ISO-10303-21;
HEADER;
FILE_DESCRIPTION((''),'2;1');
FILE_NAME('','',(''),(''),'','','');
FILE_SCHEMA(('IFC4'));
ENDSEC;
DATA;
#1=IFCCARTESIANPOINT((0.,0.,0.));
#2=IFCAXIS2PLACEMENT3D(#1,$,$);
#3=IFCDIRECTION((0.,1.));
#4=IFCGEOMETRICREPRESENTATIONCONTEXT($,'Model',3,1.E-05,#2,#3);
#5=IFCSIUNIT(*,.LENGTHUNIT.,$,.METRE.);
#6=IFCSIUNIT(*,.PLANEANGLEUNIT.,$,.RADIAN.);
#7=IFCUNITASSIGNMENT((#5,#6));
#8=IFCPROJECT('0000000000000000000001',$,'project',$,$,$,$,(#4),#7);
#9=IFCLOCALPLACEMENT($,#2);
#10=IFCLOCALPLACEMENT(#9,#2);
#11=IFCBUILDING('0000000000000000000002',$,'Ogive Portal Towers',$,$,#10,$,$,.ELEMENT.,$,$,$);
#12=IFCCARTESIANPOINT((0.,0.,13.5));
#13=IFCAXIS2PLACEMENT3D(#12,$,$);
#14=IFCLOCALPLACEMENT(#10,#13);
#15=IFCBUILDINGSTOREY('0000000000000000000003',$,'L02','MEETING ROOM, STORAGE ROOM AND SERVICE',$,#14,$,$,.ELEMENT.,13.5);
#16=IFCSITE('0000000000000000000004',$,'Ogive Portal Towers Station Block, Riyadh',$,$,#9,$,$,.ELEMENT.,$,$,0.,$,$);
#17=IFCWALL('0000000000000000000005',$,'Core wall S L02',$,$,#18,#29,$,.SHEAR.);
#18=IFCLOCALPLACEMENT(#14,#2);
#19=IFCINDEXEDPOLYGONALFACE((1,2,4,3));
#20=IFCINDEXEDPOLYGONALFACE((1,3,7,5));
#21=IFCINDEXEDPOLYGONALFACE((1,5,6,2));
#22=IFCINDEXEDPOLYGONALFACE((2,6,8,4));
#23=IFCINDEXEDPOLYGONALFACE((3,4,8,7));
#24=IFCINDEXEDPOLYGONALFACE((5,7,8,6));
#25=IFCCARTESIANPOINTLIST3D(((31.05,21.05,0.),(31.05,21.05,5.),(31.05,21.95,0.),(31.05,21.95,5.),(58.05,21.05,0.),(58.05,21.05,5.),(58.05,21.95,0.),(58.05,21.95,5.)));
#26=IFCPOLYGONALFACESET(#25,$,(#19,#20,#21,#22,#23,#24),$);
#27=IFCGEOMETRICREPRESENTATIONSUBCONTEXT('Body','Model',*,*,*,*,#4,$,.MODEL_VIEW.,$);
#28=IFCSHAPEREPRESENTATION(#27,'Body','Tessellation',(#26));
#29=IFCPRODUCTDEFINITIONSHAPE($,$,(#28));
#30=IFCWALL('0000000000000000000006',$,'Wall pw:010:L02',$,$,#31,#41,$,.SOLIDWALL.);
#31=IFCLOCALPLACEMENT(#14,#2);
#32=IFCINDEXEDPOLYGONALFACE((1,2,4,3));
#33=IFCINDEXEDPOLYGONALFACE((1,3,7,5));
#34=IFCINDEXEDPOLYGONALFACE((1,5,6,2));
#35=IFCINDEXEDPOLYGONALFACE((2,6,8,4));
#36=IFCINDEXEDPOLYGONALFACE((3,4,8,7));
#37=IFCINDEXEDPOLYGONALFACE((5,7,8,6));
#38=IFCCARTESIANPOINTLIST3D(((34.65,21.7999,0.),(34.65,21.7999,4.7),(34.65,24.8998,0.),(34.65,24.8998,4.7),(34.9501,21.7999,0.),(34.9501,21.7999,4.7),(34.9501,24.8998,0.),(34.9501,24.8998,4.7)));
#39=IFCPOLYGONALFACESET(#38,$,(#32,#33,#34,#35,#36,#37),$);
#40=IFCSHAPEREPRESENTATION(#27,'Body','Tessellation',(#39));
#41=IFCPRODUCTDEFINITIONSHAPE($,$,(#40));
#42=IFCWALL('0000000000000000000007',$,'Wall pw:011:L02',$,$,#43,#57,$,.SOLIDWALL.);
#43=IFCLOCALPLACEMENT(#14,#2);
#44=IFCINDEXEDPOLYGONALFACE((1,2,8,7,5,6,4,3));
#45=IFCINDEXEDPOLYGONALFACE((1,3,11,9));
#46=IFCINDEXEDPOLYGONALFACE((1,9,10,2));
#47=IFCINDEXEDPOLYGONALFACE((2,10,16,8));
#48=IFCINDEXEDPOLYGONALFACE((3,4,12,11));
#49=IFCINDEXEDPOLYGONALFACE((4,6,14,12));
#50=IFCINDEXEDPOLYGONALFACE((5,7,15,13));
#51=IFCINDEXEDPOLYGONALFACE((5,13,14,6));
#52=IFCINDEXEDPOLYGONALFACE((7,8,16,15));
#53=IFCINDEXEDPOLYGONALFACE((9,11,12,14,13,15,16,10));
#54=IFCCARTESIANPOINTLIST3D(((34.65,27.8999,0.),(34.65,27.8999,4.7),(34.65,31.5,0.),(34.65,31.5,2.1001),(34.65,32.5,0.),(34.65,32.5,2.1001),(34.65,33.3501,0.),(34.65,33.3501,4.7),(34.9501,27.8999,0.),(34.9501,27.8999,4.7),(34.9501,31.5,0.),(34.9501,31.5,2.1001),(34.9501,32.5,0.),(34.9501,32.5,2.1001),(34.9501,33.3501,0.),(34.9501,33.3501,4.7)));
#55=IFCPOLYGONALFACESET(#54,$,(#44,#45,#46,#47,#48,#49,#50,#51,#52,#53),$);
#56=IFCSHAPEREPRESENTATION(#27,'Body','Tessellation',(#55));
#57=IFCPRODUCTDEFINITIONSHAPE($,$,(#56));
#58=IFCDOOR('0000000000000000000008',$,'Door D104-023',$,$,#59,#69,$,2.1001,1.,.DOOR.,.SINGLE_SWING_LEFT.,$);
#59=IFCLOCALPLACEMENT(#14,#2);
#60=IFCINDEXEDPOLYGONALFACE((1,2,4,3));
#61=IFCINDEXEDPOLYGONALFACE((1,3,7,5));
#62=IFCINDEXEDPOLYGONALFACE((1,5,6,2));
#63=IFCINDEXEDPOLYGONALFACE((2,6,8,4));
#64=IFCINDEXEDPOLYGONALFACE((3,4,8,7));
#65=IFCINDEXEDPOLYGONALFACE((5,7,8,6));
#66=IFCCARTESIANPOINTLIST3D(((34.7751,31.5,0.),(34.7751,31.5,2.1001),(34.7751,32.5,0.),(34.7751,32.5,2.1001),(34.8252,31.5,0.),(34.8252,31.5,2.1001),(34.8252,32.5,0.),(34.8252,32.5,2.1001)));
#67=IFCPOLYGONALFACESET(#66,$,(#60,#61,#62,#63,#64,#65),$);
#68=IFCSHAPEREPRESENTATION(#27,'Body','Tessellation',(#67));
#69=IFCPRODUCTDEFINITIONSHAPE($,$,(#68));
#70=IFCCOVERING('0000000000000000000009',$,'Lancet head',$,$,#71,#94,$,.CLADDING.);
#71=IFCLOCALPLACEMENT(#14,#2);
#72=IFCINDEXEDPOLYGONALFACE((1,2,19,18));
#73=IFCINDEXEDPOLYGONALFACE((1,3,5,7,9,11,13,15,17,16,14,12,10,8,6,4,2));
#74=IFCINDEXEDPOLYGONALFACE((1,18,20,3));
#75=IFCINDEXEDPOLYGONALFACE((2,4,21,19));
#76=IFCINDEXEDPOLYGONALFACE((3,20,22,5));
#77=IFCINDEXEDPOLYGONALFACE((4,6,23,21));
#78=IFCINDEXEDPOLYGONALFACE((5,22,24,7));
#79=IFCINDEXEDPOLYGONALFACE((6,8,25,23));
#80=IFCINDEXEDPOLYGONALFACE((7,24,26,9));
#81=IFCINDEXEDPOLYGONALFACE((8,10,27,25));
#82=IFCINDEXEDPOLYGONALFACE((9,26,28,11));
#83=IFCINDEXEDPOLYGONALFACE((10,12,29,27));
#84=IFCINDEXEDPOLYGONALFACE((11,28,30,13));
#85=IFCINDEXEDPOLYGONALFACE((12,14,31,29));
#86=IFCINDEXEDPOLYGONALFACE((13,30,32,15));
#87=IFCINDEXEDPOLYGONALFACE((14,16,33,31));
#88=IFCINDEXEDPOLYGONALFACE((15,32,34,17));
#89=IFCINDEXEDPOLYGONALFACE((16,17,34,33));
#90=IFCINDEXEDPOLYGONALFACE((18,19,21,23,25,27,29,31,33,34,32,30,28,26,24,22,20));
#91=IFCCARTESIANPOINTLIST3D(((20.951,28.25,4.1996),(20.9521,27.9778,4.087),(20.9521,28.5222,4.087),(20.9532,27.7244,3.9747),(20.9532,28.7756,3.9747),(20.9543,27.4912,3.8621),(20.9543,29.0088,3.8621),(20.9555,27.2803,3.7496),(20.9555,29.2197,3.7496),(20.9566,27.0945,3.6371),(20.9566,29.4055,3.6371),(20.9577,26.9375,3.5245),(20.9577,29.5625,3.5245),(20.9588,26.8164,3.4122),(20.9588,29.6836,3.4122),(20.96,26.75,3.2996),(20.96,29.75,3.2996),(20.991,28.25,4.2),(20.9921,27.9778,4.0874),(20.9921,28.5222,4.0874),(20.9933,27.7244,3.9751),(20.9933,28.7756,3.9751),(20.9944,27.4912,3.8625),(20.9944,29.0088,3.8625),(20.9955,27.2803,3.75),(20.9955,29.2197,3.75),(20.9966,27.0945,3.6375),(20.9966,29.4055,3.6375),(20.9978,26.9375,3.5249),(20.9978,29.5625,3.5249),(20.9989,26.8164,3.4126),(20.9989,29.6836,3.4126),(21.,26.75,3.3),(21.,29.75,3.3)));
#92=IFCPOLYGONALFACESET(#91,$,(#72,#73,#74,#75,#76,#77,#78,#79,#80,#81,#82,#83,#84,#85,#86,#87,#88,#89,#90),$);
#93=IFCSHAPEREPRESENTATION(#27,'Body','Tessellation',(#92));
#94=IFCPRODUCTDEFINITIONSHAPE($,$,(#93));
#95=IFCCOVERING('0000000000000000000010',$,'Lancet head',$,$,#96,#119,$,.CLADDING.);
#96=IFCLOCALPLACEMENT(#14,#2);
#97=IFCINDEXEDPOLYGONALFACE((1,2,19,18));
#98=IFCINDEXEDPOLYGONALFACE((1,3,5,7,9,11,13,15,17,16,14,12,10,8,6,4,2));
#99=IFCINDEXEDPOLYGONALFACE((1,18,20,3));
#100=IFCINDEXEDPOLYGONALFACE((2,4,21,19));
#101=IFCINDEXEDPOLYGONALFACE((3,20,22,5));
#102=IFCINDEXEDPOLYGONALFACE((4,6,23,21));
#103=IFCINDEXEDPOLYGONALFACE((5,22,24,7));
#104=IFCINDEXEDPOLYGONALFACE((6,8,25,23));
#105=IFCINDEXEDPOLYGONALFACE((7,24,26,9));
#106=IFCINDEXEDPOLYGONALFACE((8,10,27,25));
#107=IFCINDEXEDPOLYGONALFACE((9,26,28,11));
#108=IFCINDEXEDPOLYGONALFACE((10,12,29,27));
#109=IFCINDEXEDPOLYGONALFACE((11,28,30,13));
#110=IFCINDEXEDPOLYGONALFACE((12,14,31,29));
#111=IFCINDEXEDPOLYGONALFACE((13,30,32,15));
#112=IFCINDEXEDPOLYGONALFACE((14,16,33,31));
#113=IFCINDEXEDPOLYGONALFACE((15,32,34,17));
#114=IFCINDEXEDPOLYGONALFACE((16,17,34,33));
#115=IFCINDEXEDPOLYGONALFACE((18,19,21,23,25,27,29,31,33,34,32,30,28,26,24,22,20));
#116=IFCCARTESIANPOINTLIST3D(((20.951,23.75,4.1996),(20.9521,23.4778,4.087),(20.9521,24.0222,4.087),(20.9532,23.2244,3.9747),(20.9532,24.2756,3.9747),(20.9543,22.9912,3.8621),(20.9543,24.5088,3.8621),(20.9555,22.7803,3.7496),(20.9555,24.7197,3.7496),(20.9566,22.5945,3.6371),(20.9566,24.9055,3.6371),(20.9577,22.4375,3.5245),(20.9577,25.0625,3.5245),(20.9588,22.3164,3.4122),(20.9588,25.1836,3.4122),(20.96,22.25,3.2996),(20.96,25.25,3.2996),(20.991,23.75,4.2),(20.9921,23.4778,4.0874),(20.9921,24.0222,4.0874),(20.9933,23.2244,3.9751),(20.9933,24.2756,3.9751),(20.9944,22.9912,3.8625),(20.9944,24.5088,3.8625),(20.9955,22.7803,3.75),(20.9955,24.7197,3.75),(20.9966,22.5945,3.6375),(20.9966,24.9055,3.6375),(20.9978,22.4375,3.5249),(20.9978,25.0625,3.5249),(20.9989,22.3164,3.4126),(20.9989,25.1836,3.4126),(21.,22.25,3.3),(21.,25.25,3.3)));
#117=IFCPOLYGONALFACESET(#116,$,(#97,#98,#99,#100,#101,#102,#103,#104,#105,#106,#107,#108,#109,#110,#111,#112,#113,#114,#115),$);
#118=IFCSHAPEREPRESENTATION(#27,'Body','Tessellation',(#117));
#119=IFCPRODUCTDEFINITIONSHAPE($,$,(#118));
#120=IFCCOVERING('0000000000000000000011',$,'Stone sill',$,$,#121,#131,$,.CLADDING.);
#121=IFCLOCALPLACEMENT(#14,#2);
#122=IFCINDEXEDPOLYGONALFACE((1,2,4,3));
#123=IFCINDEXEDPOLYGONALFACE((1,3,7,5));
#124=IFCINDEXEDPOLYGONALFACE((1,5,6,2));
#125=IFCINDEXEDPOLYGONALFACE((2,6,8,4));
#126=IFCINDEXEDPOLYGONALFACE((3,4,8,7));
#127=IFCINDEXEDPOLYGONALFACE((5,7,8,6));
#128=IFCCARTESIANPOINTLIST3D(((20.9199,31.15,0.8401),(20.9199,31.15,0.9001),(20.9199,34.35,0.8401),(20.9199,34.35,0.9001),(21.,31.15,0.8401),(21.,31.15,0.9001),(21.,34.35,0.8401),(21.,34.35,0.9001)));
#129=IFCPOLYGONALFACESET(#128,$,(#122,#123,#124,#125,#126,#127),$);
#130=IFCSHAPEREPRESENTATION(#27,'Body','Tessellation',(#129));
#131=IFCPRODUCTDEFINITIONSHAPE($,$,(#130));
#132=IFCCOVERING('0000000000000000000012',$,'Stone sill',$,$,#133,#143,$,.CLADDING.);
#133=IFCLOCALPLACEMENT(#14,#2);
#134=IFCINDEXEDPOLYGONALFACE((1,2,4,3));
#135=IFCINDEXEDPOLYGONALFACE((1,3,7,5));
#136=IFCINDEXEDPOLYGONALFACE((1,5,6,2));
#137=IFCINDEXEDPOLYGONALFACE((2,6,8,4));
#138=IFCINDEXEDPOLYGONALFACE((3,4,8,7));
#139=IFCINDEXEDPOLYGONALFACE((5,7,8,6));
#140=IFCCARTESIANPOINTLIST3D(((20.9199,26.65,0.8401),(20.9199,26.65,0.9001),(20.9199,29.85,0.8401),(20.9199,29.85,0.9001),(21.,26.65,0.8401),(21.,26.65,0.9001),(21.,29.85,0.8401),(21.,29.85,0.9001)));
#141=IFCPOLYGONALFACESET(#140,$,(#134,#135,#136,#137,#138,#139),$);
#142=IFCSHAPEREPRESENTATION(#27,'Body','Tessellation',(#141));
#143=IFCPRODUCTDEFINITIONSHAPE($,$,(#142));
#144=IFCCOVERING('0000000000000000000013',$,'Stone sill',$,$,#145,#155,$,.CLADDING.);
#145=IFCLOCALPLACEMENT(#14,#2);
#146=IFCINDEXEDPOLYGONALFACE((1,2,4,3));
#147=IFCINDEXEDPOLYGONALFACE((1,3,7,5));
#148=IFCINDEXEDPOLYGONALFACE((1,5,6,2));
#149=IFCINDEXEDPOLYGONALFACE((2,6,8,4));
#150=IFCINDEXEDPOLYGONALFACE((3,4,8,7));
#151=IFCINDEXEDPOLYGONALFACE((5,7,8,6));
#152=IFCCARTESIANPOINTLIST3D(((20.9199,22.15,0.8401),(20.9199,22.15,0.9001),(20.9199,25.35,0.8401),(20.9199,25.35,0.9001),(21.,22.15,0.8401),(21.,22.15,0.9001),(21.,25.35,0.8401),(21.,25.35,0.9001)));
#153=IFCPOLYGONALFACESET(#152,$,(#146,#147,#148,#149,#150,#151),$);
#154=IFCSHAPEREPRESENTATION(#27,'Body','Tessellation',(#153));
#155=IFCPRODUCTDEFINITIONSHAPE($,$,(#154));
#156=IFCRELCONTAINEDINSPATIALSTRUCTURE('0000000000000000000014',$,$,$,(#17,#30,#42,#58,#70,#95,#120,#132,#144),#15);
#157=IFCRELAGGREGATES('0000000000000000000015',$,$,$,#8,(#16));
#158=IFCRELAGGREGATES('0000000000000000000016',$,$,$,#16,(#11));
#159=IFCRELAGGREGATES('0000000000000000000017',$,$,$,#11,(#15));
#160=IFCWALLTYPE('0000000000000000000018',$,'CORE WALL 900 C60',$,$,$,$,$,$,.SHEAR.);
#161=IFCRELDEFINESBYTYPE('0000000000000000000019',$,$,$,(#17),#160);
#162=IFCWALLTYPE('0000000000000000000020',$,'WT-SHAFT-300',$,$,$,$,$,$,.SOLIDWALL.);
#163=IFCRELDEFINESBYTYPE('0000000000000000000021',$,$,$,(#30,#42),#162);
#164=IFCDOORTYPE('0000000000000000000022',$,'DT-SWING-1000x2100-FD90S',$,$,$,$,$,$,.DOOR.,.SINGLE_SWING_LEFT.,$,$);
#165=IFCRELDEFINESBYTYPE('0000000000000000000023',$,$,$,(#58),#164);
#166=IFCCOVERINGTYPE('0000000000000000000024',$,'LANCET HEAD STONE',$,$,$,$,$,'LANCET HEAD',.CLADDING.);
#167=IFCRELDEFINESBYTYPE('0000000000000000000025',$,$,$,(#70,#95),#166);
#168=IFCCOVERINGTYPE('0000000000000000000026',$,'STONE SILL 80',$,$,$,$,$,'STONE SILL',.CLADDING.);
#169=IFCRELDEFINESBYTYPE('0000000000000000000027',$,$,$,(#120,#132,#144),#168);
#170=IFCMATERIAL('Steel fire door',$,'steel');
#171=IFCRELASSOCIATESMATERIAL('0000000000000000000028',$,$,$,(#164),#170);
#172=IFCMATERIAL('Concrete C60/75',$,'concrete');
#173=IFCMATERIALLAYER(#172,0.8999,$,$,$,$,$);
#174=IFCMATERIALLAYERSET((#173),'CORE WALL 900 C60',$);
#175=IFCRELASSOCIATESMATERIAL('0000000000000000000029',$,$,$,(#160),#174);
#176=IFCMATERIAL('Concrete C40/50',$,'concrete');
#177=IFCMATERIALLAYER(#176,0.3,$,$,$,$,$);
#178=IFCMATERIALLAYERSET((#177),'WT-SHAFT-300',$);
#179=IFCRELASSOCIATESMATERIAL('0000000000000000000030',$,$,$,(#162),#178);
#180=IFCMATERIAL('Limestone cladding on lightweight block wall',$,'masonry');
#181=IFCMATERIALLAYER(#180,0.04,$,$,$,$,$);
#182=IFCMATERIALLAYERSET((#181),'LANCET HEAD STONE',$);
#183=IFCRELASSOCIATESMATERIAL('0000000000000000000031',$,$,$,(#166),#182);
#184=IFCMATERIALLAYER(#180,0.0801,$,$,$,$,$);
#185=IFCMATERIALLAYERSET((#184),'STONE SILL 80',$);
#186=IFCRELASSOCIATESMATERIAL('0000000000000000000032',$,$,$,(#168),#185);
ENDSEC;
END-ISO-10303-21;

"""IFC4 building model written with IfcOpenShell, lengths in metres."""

from ifc_helpers import new_model, si_unit, direction, frame, frame_2d, origin, origin_2d, place, context, subcontext, project, spatial, polyline, rectangle, outline, extrude, material, layer, layer_set, type_object, element, fill, save


model = new_model("IFC4")

# Units and contexts
model_context = context("Model", 3, precision=1e-05, world=origin(), true_north=direction((0.0, 1.0)))
body_context = subcontext(model_context, "Body", "Model", "MODEL_VIEW")
ifc_project = project(units=[si_unit("LENGTHUNIT", "METRE"), si_unit("PLANEANGLEUNIT", "RADIAN")], contexts=[model_context])

# Site, building, storey
site_placement = place(None, origin())
site = spatial("IfcSite", under=ifc_project, at=site_placement, Name="Ogive Portal Towers Station Block, Riyadh", CompositionType="ELEMENT", RefElevation=0.0)
building_placement = place(site_placement, origin())
building = spatial("IfcBuilding", under=site, at=building_placement, Name="Ogive Portal Towers", CompositionType="ELEMENT")
storey_placement = place(building_placement, frame((0.0, 0.0, 13.5)))
storey = spatial("IfcBuildingStorey", under=building, at=storey_placement, Name="L02", Description="MEETING ROOM, STORAGE ROOM AND SERVICE", CompositionType="ELEMENT", Elevation=13.5)

# Shared definitions
ifc_material_1 = material(Name="Concrete C60/75", Category="concrete")
ifc_material_2 = material(Name="Steel fire door", Category="steel")
door_type_1 = type_object("IfcDoorType", Name="DT-SWING-1000x2100-FD90S", OperationType="SINGLE_SWING_LEFT", PredefinedType="DOOR", material=ifc_material_2)

# Wall
ifc_layer_1 = layer(ifc_material_1, 0.8999)
ifc_layer_set_1 = layer_set([ifc_layer_1], Name="CORE WALL 900 C60")
wall_type_1 = type_object("IfcWallType", Name="CORE WALL 900 C60", PredefinedType="SHEAR", material=ifc_layer_set_1)
wall_1_placement = place(storey_placement, frame((31.05, 21.5, 0.0), z_axis=(0.0, 0.0, 1.0), x_axis=(1.0, 0.0, 0.0)))
element("IfcWall", 1, at=wall_1_placement, inside=storey, type_object=wall_type_1, Name="Core wall S L02", PredefinedType="SHEAR", context=body_context, shape_type="SweptSolid", body=[
    extrude(rectangle(XDim=27.0, YDim=0.8999, at=frame_2d((13.5, 0.0))), origin(), (0.0, 0.0, 1.0), 5.0),
])

# Shared definitions
ifc_material_3 = material(Name="Concrete C40/50", Category="concrete")
ifc_layer_2 = layer(ifc_material_3, 0.3)
ifc_layer_set_2 = layer_set([ifc_layer_2], Name="WT-SHAFT-300")
wall_type_2 = type_object("IfcWallType", Name="WT-SHAFT-300", PredefinedType="SOLIDWALL", material=ifc_layer_set_2)

# Wall
wall_2_placement = place(storey_placement, frame((34.8, 21.8, 0.0), z_axis=(0.0, 0.0, 1.0), x_axis=(0.0, 1.0, 0.0)))
element("IfcWall", 2, at=wall_2_placement, inside=storey, type_object=wall_type_2, Name="Wall pw:010:L02", PredefinedType="SOLIDWALL", context=body_context, shape_type="SweptSolid", body=[
    extrude(rectangle(XDim=3.0999, YDim=0.3, at=frame_2d((1.5498, 0.0))), origin(), (0.0, 0.0, 1.0), 4.7),
])

# Wall, opening, door
wall_3_placement = place(storey_placement, frame((34.8, 27.8999, 0.0), z_axis=(0.0, 0.0, 1.0), x_axis=(0.0, 1.0, 0.0)))
wall_3 = element("IfcWall", 3, at=wall_3_placement, inside=storey, type_object=wall_type_2, Name="Wall pw:011:L02", PredefinedType="SOLIDWALL", context=body_context, shape_type="SweptSolid", body=[
    extrude(rectangle(XDim=5.4502, YDim=0.3, at=frame_2d((2.7251, 0.0))), origin(), (0.0, 0.0, 1.0), 4.7),
])
opening_1_placement = place(wall_3_placement, frame((3.6001, 0.0, 0.0)))
opening_1 = element("IfcOpeningElement", 4, at=opening_1_placement, cuts=wall_3, PredefinedType="OPENING", context=body_context, shape_type="SweptSolid", body=[
    extrude(rectangle(XDim=1.0, YDim=2.1001, at=frame_2d((0.5, 1.05))), frame((0.0, 0.1602, 0.0), z_axis=(0.0, -1.0, 0.0), x_axis=(1.0, 0.0, 0.0)), (0.0, 0.0, 1.0), 0.3201),
])
door_1_placement = place(opening_1_placement, origin())
door_1 = element("IfcDoor", 5, at=door_1_placement, inside=storey, type_object=door_type_1, Name="Door D104-023", OperationType="SINGLE_SWING_LEFT", OverallHeight=2.1001, OverallWidth=1.0, PredefinedType="DOOR", context=body_context, shape_type="SweptSolid", body=[
    extrude(rectangle(XDim=1.0, YDim=2.1001, at=frame_2d((0.5, 1.05))), frame((0.0, 0.0249, 0.0), z_axis=(0.0, -1.0, 0.0), x_axis=(1.0, 0.0, 0.0)), (0.0, 0.0, 1.0), 0.05),
])
fill(opening_1, door_1)

# Coverings
ifc_material_4 = material(Name="Limestone cladding on lightweight block wall", Category="masonry")
ifc_layer_3 = layer(ifc_material_4, 0.04)
ifc_layer_set_3 = layer_set([ifc_layer_3], Name="LANCET HEAD STONE")
covering_type_1 = type_object("IfcCoveringType", Name="LANCET HEAD STONE", ElementType="LANCET HEAD", PredefinedType="CLADDING", material=ifc_layer_set_3)
for number, where, z_axis, x_axis, name in (
    (6, (21.0, 29.75, 3.3), (0.99995, 0.0, 0.009994), (0.0, -1.0, 0.0), "Lancet head"),
    (7, (21.0, 25.25, 3.3), (0.99995, 0.0, 0.009994), (0.0, -1.0, 0.0), "Lancet head"),
):
    element("IfcCovering", number, at=place(storey_placement, frame(where, z_axis=z_axis, x_axis=x_axis)), inside=storey, type_object=covering_type_1, Name=name, PredefinedType="CLADDING", context=body_context, shape_type="SweptSolid", body=[
        extrude(outline(polyline([(0.0, 0.0), (3.0, 0.0), (2.9336, -0.1126), (2.8125, -0.2249), (2.6555, -0.3374), (2.4697, -0.45), (2.2588, -0.5625), (2.0256, -0.6751), (1.7722, -0.7874), (1.5, -0.8999), (1.2278, -0.7874), (0.9744, -0.6751), (0.7412, -0.5625), (0.5303, -0.45), (0.3445, -0.3374), (0.1875, -0.2249), (0.0664, -0.1126), (0.0, 0.0)])), origin(), (0.0, 0.0, -1.0), 0.04),
    ])
ifc_layer_4 = layer(ifc_material_4, 0.0801)
ifc_layer_set_4 = layer_set([ifc_layer_4], Name="STONE SILL 80")
covering_type_2 = type_object("IfcCoveringType", Name="STONE SILL 80", ElementType="STONE SILL", PredefinedType="CLADDING", material=ifc_layer_set_4)
for number, where, z_axis, x_axis, name in (
    (8, (20.96, 32.75, 0.8401), (0.0, 0.0, 1.0), (0.0, -1.0, 0.0), "Stone sill"),
    (9, (20.96, 28.25, 0.8401), (0.0, 0.0, 1.0), (0.0, -1.0, 0.0), "Stone sill"),
    (10, (20.96, 23.75, 0.8401), (0.0, 0.0, 1.0), (0.0, -1.0, 0.0), "Stone sill"),
):
    element("IfcCovering", number, at=place(storey_placement, frame(where, z_axis=z_axis, x_axis=x_axis)), inside=storey, type_object=covering_type_2, Name=name, PredefinedType="CLADDING", context=body_context, shape_type="SweptSolid", body=[
        extrude(rectangle(XDim=3.2, YDim=0.0801, at=origin_2d()), origin(), (0.0, 0.0, 1.0), 0.0601),
    ])

save(model, "model.ifc")
